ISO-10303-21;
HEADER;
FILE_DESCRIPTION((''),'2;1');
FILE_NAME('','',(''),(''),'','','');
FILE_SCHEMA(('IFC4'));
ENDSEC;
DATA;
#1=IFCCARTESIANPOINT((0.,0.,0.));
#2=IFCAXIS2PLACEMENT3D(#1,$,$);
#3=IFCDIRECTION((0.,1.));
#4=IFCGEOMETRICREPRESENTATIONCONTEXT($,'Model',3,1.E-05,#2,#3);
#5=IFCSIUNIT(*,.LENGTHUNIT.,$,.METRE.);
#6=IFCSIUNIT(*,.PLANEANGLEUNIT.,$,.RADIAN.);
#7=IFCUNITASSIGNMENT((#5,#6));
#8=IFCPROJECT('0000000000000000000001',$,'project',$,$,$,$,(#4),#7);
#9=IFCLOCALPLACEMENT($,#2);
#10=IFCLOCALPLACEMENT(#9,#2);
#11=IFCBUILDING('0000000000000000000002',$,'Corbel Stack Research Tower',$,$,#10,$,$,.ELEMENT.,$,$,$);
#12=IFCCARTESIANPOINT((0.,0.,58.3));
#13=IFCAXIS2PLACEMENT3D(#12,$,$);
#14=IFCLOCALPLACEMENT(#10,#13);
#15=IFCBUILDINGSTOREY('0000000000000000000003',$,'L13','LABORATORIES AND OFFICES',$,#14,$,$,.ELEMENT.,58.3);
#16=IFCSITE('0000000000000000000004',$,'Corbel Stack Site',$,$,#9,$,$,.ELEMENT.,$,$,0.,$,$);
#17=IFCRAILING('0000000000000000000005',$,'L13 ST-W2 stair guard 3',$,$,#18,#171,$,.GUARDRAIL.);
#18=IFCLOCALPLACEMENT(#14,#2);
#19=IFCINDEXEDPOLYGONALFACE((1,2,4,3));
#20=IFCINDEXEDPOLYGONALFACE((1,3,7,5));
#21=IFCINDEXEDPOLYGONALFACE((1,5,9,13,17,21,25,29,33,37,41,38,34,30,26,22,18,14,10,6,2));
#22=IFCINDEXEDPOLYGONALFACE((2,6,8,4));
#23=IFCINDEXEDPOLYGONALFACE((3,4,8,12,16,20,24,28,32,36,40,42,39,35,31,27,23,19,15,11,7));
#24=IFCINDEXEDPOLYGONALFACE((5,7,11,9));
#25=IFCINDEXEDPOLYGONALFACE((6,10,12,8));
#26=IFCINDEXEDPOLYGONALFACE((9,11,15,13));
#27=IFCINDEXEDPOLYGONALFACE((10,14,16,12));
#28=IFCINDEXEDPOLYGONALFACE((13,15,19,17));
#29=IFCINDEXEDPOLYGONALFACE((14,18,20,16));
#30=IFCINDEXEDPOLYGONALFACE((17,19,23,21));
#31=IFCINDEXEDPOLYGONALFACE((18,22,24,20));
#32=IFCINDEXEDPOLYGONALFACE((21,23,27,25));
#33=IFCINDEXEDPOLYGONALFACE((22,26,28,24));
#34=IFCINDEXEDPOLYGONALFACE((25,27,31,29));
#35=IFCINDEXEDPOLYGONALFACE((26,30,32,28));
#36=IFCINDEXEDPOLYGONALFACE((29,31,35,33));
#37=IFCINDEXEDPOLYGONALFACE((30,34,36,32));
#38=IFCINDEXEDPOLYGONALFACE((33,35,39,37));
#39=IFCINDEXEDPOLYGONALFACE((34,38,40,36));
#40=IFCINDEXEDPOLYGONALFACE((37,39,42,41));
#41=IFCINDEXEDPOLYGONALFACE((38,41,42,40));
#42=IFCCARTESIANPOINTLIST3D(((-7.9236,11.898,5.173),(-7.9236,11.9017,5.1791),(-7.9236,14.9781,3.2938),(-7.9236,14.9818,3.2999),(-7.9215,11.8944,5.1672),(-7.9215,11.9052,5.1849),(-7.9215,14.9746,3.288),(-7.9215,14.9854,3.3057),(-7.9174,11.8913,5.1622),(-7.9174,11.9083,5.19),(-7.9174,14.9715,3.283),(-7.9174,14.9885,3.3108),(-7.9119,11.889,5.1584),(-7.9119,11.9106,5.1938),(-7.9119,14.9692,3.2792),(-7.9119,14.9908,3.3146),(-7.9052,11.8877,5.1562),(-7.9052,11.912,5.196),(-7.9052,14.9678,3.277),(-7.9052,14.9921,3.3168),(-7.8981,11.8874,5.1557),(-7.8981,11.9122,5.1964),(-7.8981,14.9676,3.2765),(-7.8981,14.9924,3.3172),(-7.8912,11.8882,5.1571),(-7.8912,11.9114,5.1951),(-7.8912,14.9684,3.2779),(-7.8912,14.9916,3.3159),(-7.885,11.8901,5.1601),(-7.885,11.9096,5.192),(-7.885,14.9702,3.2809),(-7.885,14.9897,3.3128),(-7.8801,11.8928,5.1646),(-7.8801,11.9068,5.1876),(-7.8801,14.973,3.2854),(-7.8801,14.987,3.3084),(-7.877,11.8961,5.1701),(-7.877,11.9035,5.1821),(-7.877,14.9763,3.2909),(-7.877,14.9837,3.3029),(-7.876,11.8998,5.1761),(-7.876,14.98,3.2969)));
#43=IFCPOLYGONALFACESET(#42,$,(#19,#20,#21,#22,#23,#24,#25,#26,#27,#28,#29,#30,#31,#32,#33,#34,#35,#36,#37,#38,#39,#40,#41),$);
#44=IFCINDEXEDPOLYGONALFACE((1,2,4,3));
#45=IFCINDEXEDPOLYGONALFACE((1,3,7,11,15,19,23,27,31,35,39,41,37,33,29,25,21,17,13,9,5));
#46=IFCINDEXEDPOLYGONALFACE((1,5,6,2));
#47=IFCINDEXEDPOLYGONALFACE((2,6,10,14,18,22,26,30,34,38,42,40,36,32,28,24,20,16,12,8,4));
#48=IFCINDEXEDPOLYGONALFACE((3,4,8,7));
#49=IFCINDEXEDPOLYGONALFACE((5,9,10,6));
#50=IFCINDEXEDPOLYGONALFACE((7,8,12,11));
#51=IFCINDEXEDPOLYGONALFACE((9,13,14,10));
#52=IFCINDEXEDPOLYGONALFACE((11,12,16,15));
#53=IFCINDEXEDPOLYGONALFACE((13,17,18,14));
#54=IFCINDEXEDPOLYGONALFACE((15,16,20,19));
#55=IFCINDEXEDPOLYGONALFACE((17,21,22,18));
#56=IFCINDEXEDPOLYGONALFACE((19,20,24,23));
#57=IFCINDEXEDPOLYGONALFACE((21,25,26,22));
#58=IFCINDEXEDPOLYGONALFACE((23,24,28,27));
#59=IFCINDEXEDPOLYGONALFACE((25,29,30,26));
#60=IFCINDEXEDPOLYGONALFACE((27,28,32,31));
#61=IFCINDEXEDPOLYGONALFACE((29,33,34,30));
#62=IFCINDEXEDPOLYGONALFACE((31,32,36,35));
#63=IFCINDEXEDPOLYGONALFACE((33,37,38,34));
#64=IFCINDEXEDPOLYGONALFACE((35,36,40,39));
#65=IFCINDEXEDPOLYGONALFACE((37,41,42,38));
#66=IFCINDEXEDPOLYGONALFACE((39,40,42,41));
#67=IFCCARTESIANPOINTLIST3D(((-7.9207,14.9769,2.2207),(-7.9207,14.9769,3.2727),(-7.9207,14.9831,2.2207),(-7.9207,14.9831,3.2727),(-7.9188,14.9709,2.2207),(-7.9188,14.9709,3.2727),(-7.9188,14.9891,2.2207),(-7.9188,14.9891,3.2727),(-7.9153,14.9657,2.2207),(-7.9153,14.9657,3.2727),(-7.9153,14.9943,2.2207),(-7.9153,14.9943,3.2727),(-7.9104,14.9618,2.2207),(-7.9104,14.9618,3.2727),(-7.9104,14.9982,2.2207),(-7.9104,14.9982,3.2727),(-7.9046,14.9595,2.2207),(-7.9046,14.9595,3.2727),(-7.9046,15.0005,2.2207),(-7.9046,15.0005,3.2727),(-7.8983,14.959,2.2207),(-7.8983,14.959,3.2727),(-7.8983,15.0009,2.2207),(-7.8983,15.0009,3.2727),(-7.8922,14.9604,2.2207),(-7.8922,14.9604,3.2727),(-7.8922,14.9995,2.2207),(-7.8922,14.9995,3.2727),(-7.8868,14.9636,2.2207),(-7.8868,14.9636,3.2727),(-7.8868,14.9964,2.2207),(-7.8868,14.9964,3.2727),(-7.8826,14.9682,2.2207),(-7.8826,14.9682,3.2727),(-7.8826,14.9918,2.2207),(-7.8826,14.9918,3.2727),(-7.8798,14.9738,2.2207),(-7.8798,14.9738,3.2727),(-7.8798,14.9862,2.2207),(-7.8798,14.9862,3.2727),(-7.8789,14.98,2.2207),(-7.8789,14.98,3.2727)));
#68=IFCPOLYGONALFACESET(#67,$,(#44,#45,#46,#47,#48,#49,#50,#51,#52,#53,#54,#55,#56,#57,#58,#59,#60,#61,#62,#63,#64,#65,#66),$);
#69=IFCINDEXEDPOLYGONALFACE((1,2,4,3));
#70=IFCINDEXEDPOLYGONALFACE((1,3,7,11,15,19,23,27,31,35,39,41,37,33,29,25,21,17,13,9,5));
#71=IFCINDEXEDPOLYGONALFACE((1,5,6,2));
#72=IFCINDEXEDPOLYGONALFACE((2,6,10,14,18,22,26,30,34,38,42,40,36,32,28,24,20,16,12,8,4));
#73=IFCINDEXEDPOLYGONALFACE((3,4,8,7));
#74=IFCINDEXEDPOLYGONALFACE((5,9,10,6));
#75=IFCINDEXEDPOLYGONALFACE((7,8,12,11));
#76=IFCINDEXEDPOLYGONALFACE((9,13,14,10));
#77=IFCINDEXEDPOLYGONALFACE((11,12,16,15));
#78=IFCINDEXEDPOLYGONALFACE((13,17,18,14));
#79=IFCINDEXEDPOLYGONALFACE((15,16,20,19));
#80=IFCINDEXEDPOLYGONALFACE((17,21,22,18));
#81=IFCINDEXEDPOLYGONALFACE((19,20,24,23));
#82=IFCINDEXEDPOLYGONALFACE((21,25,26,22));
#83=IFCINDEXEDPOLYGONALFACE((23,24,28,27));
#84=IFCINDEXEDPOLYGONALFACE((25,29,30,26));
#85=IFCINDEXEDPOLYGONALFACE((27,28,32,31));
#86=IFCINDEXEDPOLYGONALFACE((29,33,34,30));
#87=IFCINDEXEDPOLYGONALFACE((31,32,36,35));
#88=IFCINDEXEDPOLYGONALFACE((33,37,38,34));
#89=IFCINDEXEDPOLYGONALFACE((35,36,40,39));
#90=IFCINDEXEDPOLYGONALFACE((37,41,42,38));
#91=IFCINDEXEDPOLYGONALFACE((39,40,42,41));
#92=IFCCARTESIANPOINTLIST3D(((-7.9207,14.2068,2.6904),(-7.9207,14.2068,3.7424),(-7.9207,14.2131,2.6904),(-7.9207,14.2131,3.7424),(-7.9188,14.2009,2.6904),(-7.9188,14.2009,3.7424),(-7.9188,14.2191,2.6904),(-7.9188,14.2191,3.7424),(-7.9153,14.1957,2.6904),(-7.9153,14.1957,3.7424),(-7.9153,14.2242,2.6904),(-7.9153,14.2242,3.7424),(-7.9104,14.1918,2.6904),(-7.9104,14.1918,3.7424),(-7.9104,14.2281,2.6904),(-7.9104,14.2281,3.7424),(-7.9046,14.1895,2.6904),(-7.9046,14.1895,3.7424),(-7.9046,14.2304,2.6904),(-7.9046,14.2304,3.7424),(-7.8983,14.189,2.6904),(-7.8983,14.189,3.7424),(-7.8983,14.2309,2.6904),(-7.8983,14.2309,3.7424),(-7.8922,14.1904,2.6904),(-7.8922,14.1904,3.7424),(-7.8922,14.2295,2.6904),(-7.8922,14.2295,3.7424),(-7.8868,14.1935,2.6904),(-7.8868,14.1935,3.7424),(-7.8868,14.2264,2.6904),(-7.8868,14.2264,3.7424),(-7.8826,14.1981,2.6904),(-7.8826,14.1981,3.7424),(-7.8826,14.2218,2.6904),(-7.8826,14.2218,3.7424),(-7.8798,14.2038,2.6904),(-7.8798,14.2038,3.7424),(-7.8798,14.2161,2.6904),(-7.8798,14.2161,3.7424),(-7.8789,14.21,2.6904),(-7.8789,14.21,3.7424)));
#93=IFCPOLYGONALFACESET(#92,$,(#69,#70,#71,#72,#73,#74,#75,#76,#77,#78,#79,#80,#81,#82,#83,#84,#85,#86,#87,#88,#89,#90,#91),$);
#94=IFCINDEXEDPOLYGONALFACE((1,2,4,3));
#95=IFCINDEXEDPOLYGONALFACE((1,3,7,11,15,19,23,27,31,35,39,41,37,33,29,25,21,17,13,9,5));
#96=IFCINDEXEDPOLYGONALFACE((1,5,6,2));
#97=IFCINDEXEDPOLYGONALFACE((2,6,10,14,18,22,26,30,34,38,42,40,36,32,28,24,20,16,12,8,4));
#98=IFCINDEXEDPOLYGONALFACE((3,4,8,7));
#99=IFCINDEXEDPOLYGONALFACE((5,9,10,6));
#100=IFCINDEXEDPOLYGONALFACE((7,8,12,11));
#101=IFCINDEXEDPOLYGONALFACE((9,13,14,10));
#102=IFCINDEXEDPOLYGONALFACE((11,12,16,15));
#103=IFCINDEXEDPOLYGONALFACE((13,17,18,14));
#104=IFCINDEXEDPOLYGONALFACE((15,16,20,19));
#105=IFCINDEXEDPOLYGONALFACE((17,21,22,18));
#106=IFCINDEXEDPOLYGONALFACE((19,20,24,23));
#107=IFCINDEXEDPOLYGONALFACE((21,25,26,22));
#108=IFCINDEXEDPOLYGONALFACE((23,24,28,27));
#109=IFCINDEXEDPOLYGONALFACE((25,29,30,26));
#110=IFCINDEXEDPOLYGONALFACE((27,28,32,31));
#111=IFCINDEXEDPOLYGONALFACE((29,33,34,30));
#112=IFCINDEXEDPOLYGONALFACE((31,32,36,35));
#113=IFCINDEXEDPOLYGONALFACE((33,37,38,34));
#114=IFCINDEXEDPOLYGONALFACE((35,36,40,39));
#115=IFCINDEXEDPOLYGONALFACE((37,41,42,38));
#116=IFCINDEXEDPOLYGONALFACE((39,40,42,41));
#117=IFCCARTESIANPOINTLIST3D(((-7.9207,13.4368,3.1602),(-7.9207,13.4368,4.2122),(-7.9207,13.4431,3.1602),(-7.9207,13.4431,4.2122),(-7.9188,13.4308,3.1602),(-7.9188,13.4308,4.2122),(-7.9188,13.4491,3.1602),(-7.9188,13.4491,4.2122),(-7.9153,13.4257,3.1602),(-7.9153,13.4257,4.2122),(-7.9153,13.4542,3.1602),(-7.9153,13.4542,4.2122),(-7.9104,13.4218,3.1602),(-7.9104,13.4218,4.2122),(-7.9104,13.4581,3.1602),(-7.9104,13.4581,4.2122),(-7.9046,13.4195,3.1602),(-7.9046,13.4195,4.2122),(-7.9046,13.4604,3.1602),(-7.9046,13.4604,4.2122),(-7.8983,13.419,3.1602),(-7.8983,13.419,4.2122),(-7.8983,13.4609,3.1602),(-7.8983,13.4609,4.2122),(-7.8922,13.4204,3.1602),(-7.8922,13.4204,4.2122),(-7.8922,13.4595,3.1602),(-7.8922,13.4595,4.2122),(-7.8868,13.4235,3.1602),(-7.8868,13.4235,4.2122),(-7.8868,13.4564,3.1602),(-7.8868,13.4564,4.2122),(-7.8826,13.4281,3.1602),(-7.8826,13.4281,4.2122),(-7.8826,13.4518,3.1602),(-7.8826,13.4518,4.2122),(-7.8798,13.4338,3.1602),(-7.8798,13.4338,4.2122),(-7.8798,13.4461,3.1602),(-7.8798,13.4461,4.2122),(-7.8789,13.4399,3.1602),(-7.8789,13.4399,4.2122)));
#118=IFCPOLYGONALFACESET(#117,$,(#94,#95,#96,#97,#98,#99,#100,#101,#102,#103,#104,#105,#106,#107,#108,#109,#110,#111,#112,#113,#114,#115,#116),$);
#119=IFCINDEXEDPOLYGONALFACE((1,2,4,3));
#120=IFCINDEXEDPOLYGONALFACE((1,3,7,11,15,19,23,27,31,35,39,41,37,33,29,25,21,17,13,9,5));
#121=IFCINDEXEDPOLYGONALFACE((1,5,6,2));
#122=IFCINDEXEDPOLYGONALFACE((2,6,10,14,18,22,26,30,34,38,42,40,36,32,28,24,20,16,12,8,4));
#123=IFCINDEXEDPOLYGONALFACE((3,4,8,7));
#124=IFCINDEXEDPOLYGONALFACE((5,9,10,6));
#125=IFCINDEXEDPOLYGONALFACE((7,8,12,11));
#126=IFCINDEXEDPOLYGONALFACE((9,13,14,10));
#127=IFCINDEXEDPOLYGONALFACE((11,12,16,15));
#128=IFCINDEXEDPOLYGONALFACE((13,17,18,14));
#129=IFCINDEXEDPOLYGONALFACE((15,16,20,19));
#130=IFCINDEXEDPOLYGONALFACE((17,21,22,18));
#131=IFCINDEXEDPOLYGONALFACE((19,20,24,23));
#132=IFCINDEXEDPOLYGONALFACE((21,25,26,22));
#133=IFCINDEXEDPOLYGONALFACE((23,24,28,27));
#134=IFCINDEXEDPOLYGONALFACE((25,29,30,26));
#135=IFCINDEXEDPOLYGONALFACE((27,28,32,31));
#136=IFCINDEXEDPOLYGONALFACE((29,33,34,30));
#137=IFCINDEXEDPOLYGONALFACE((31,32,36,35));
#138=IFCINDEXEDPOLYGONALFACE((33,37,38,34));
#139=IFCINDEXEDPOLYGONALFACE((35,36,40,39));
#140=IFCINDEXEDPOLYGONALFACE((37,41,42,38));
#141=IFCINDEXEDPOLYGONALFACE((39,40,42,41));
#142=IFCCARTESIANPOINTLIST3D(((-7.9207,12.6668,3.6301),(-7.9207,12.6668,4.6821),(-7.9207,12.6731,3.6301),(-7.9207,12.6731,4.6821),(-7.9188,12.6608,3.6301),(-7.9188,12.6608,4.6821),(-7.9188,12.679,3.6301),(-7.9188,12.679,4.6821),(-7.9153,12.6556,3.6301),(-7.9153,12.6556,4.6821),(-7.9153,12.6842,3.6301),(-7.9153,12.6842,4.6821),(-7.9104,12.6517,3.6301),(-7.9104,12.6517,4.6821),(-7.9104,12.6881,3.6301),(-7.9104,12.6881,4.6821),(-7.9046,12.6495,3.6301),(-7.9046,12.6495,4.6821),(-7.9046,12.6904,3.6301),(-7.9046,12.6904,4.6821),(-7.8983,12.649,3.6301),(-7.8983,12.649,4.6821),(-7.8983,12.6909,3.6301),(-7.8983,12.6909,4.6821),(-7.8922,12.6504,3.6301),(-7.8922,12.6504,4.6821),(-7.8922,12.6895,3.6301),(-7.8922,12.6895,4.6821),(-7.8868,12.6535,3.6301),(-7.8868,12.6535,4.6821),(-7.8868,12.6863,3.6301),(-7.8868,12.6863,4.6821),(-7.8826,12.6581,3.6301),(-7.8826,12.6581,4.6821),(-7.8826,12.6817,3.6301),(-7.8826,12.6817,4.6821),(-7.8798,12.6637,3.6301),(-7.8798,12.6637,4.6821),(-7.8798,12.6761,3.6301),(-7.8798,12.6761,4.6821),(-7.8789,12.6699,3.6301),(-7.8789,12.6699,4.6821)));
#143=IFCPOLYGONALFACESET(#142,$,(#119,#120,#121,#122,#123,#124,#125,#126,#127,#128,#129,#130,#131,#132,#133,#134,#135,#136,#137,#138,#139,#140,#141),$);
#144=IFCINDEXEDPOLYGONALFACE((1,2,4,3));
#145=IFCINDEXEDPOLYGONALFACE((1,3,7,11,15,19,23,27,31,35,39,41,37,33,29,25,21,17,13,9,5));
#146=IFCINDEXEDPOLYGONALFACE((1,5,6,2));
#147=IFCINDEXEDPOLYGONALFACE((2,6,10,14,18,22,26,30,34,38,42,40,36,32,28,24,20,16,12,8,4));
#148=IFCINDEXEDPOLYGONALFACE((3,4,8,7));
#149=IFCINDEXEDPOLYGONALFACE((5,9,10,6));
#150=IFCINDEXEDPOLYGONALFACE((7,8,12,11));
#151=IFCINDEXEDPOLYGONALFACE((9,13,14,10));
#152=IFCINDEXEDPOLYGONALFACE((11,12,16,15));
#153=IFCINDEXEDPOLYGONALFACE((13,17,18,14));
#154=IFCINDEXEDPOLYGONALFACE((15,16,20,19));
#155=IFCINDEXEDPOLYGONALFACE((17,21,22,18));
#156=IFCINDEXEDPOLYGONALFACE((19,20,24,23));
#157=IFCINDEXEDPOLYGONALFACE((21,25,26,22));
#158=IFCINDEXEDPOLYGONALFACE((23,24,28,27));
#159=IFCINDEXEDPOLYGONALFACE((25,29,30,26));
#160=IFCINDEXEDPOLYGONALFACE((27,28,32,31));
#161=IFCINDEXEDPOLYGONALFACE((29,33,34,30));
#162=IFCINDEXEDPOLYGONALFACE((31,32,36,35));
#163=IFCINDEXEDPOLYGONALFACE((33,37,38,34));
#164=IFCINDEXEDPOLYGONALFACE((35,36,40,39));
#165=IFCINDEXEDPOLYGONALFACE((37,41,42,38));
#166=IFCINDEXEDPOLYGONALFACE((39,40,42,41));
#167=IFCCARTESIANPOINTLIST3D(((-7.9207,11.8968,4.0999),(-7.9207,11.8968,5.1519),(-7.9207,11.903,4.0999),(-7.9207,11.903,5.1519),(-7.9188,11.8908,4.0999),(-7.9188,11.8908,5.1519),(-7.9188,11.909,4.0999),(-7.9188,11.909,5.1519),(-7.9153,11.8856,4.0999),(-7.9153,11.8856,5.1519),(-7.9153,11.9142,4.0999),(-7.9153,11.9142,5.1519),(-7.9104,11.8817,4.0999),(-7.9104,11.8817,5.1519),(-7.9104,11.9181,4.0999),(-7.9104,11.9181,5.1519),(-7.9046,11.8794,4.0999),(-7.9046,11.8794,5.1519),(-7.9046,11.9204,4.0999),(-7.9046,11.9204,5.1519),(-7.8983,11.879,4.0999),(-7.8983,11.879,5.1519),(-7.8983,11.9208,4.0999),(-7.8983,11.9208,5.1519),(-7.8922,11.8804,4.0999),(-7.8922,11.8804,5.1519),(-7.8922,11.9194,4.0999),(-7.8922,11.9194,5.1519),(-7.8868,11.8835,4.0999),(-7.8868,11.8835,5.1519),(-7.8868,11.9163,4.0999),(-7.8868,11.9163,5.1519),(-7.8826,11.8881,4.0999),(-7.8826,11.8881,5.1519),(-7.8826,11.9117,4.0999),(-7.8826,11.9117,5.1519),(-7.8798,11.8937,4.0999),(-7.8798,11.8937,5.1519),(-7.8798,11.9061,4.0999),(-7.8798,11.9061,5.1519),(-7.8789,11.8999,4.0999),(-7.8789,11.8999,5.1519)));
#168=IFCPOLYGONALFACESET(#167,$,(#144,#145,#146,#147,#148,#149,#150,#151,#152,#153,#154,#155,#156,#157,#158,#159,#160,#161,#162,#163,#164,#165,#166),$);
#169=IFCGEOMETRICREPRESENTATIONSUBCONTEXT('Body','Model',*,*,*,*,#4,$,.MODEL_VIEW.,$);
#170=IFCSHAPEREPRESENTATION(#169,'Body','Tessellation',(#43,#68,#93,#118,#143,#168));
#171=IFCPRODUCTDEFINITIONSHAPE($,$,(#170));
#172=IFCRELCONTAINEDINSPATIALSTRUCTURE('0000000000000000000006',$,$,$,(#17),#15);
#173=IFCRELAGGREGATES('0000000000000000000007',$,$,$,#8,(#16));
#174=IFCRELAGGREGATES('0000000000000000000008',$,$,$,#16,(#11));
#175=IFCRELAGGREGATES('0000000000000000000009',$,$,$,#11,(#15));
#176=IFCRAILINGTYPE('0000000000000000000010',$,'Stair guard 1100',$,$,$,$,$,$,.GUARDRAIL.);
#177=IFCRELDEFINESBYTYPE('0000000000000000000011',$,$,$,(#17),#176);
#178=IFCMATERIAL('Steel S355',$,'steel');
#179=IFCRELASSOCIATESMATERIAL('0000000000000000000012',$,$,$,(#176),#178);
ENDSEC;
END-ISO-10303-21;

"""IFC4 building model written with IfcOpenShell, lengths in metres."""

from ifc_helpers import new_model, si_unit, direction, frame, origin, origin_2d, place, context, subcontext, project, spatial, circle, extrude, material, type_object, element, save


model = new_model("IFC4")

# Units and contexts
model_context = context("Model", 3, precision=1e-05, world=origin(), true_north=direction((0.0, 1.0)))
body_context = subcontext(model_context, "Body", "Model", "MODEL_VIEW")
ifc_project = project(units=[si_unit("LENGTHUNIT", "METRE"), si_unit("PLANEANGLEUNIT", "RADIAN")], contexts=[model_context])

# Site, building, storey
site_placement = place(None, origin())
site = spatial("IfcSite", under=ifc_project, at=site_placement, Name="Corbel Stack Site", CompositionType="ELEMENT", RefElevation=0.0)
building_placement = place(site_placement, origin())
building = spatial("IfcBuilding", under=site, at=building_placement, Name="Corbel Stack Research Tower", CompositionType="ELEMENT")
storey_placement = place(building_placement, frame((0.0, 0.0, 58.3)))
storey = spatial("IfcBuildingStorey", under=building, at=storey_placement, Name="L13", Description="LABORATORIES AND OFFICES", CompositionType="ELEMENT", Elevation=58.3)

# Railing
ifc_material_1 = material(Name="Steel S355", Category="steel")
railing_type_1 = type_object("IfcRailingType", Name="Stair guard 1100", PredefinedType="GUARDRAIL", material=ifc_material_1)
railing_1_placement = place(storey_placement, frame((-7.8999, 14.98, 2.2207)))
element("IfcRailing", 1, at=railing_1_placement, inside=storey, type_object=railing_type_1, Name="L13 ST-W2 stair guard 3", PredefinedType="GUARDRAIL", context=body_context, shape_type="SweptSolid", body=[
    extrude(circle(Radius=0.0239, at=origin_2d()), frame((0.0, 0.0, 1.0762), z_axis=(0.0, -0.853666, 0.52082), x_axis=(1.0, 0.0, 0.0)), (0.0, 0.0, 1.0), 3.6082),
    extrude(circle(Radius=0.021, at=origin_2d()), origin(), (0.0, 0.0, 1.0), 1.052),
    extrude(circle(Radius=0.021, at=origin_2d()), frame((0.0, -0.77, 0.4697)), (0.0, 0.0, 1.0), 1.052),
    extrude(circle(Radius=0.021, at=origin_2d()), frame((0.0, -1.54, 0.9395)), (0.0, 0.0, 1.0), 1.052),
    extrude(circle(Radius=0.021, at=origin_2d()), frame((0.0, -2.3101, 1.4094)), (0.0, 0.0, 1.0), 1.052),
    extrude(circle(Radius=0.021, at=origin_2d()), frame((0.0, -3.0801, 1.8792)), (0.0, 0.0, 1.0), 1.052),
])

save(model, "model.ifc")
